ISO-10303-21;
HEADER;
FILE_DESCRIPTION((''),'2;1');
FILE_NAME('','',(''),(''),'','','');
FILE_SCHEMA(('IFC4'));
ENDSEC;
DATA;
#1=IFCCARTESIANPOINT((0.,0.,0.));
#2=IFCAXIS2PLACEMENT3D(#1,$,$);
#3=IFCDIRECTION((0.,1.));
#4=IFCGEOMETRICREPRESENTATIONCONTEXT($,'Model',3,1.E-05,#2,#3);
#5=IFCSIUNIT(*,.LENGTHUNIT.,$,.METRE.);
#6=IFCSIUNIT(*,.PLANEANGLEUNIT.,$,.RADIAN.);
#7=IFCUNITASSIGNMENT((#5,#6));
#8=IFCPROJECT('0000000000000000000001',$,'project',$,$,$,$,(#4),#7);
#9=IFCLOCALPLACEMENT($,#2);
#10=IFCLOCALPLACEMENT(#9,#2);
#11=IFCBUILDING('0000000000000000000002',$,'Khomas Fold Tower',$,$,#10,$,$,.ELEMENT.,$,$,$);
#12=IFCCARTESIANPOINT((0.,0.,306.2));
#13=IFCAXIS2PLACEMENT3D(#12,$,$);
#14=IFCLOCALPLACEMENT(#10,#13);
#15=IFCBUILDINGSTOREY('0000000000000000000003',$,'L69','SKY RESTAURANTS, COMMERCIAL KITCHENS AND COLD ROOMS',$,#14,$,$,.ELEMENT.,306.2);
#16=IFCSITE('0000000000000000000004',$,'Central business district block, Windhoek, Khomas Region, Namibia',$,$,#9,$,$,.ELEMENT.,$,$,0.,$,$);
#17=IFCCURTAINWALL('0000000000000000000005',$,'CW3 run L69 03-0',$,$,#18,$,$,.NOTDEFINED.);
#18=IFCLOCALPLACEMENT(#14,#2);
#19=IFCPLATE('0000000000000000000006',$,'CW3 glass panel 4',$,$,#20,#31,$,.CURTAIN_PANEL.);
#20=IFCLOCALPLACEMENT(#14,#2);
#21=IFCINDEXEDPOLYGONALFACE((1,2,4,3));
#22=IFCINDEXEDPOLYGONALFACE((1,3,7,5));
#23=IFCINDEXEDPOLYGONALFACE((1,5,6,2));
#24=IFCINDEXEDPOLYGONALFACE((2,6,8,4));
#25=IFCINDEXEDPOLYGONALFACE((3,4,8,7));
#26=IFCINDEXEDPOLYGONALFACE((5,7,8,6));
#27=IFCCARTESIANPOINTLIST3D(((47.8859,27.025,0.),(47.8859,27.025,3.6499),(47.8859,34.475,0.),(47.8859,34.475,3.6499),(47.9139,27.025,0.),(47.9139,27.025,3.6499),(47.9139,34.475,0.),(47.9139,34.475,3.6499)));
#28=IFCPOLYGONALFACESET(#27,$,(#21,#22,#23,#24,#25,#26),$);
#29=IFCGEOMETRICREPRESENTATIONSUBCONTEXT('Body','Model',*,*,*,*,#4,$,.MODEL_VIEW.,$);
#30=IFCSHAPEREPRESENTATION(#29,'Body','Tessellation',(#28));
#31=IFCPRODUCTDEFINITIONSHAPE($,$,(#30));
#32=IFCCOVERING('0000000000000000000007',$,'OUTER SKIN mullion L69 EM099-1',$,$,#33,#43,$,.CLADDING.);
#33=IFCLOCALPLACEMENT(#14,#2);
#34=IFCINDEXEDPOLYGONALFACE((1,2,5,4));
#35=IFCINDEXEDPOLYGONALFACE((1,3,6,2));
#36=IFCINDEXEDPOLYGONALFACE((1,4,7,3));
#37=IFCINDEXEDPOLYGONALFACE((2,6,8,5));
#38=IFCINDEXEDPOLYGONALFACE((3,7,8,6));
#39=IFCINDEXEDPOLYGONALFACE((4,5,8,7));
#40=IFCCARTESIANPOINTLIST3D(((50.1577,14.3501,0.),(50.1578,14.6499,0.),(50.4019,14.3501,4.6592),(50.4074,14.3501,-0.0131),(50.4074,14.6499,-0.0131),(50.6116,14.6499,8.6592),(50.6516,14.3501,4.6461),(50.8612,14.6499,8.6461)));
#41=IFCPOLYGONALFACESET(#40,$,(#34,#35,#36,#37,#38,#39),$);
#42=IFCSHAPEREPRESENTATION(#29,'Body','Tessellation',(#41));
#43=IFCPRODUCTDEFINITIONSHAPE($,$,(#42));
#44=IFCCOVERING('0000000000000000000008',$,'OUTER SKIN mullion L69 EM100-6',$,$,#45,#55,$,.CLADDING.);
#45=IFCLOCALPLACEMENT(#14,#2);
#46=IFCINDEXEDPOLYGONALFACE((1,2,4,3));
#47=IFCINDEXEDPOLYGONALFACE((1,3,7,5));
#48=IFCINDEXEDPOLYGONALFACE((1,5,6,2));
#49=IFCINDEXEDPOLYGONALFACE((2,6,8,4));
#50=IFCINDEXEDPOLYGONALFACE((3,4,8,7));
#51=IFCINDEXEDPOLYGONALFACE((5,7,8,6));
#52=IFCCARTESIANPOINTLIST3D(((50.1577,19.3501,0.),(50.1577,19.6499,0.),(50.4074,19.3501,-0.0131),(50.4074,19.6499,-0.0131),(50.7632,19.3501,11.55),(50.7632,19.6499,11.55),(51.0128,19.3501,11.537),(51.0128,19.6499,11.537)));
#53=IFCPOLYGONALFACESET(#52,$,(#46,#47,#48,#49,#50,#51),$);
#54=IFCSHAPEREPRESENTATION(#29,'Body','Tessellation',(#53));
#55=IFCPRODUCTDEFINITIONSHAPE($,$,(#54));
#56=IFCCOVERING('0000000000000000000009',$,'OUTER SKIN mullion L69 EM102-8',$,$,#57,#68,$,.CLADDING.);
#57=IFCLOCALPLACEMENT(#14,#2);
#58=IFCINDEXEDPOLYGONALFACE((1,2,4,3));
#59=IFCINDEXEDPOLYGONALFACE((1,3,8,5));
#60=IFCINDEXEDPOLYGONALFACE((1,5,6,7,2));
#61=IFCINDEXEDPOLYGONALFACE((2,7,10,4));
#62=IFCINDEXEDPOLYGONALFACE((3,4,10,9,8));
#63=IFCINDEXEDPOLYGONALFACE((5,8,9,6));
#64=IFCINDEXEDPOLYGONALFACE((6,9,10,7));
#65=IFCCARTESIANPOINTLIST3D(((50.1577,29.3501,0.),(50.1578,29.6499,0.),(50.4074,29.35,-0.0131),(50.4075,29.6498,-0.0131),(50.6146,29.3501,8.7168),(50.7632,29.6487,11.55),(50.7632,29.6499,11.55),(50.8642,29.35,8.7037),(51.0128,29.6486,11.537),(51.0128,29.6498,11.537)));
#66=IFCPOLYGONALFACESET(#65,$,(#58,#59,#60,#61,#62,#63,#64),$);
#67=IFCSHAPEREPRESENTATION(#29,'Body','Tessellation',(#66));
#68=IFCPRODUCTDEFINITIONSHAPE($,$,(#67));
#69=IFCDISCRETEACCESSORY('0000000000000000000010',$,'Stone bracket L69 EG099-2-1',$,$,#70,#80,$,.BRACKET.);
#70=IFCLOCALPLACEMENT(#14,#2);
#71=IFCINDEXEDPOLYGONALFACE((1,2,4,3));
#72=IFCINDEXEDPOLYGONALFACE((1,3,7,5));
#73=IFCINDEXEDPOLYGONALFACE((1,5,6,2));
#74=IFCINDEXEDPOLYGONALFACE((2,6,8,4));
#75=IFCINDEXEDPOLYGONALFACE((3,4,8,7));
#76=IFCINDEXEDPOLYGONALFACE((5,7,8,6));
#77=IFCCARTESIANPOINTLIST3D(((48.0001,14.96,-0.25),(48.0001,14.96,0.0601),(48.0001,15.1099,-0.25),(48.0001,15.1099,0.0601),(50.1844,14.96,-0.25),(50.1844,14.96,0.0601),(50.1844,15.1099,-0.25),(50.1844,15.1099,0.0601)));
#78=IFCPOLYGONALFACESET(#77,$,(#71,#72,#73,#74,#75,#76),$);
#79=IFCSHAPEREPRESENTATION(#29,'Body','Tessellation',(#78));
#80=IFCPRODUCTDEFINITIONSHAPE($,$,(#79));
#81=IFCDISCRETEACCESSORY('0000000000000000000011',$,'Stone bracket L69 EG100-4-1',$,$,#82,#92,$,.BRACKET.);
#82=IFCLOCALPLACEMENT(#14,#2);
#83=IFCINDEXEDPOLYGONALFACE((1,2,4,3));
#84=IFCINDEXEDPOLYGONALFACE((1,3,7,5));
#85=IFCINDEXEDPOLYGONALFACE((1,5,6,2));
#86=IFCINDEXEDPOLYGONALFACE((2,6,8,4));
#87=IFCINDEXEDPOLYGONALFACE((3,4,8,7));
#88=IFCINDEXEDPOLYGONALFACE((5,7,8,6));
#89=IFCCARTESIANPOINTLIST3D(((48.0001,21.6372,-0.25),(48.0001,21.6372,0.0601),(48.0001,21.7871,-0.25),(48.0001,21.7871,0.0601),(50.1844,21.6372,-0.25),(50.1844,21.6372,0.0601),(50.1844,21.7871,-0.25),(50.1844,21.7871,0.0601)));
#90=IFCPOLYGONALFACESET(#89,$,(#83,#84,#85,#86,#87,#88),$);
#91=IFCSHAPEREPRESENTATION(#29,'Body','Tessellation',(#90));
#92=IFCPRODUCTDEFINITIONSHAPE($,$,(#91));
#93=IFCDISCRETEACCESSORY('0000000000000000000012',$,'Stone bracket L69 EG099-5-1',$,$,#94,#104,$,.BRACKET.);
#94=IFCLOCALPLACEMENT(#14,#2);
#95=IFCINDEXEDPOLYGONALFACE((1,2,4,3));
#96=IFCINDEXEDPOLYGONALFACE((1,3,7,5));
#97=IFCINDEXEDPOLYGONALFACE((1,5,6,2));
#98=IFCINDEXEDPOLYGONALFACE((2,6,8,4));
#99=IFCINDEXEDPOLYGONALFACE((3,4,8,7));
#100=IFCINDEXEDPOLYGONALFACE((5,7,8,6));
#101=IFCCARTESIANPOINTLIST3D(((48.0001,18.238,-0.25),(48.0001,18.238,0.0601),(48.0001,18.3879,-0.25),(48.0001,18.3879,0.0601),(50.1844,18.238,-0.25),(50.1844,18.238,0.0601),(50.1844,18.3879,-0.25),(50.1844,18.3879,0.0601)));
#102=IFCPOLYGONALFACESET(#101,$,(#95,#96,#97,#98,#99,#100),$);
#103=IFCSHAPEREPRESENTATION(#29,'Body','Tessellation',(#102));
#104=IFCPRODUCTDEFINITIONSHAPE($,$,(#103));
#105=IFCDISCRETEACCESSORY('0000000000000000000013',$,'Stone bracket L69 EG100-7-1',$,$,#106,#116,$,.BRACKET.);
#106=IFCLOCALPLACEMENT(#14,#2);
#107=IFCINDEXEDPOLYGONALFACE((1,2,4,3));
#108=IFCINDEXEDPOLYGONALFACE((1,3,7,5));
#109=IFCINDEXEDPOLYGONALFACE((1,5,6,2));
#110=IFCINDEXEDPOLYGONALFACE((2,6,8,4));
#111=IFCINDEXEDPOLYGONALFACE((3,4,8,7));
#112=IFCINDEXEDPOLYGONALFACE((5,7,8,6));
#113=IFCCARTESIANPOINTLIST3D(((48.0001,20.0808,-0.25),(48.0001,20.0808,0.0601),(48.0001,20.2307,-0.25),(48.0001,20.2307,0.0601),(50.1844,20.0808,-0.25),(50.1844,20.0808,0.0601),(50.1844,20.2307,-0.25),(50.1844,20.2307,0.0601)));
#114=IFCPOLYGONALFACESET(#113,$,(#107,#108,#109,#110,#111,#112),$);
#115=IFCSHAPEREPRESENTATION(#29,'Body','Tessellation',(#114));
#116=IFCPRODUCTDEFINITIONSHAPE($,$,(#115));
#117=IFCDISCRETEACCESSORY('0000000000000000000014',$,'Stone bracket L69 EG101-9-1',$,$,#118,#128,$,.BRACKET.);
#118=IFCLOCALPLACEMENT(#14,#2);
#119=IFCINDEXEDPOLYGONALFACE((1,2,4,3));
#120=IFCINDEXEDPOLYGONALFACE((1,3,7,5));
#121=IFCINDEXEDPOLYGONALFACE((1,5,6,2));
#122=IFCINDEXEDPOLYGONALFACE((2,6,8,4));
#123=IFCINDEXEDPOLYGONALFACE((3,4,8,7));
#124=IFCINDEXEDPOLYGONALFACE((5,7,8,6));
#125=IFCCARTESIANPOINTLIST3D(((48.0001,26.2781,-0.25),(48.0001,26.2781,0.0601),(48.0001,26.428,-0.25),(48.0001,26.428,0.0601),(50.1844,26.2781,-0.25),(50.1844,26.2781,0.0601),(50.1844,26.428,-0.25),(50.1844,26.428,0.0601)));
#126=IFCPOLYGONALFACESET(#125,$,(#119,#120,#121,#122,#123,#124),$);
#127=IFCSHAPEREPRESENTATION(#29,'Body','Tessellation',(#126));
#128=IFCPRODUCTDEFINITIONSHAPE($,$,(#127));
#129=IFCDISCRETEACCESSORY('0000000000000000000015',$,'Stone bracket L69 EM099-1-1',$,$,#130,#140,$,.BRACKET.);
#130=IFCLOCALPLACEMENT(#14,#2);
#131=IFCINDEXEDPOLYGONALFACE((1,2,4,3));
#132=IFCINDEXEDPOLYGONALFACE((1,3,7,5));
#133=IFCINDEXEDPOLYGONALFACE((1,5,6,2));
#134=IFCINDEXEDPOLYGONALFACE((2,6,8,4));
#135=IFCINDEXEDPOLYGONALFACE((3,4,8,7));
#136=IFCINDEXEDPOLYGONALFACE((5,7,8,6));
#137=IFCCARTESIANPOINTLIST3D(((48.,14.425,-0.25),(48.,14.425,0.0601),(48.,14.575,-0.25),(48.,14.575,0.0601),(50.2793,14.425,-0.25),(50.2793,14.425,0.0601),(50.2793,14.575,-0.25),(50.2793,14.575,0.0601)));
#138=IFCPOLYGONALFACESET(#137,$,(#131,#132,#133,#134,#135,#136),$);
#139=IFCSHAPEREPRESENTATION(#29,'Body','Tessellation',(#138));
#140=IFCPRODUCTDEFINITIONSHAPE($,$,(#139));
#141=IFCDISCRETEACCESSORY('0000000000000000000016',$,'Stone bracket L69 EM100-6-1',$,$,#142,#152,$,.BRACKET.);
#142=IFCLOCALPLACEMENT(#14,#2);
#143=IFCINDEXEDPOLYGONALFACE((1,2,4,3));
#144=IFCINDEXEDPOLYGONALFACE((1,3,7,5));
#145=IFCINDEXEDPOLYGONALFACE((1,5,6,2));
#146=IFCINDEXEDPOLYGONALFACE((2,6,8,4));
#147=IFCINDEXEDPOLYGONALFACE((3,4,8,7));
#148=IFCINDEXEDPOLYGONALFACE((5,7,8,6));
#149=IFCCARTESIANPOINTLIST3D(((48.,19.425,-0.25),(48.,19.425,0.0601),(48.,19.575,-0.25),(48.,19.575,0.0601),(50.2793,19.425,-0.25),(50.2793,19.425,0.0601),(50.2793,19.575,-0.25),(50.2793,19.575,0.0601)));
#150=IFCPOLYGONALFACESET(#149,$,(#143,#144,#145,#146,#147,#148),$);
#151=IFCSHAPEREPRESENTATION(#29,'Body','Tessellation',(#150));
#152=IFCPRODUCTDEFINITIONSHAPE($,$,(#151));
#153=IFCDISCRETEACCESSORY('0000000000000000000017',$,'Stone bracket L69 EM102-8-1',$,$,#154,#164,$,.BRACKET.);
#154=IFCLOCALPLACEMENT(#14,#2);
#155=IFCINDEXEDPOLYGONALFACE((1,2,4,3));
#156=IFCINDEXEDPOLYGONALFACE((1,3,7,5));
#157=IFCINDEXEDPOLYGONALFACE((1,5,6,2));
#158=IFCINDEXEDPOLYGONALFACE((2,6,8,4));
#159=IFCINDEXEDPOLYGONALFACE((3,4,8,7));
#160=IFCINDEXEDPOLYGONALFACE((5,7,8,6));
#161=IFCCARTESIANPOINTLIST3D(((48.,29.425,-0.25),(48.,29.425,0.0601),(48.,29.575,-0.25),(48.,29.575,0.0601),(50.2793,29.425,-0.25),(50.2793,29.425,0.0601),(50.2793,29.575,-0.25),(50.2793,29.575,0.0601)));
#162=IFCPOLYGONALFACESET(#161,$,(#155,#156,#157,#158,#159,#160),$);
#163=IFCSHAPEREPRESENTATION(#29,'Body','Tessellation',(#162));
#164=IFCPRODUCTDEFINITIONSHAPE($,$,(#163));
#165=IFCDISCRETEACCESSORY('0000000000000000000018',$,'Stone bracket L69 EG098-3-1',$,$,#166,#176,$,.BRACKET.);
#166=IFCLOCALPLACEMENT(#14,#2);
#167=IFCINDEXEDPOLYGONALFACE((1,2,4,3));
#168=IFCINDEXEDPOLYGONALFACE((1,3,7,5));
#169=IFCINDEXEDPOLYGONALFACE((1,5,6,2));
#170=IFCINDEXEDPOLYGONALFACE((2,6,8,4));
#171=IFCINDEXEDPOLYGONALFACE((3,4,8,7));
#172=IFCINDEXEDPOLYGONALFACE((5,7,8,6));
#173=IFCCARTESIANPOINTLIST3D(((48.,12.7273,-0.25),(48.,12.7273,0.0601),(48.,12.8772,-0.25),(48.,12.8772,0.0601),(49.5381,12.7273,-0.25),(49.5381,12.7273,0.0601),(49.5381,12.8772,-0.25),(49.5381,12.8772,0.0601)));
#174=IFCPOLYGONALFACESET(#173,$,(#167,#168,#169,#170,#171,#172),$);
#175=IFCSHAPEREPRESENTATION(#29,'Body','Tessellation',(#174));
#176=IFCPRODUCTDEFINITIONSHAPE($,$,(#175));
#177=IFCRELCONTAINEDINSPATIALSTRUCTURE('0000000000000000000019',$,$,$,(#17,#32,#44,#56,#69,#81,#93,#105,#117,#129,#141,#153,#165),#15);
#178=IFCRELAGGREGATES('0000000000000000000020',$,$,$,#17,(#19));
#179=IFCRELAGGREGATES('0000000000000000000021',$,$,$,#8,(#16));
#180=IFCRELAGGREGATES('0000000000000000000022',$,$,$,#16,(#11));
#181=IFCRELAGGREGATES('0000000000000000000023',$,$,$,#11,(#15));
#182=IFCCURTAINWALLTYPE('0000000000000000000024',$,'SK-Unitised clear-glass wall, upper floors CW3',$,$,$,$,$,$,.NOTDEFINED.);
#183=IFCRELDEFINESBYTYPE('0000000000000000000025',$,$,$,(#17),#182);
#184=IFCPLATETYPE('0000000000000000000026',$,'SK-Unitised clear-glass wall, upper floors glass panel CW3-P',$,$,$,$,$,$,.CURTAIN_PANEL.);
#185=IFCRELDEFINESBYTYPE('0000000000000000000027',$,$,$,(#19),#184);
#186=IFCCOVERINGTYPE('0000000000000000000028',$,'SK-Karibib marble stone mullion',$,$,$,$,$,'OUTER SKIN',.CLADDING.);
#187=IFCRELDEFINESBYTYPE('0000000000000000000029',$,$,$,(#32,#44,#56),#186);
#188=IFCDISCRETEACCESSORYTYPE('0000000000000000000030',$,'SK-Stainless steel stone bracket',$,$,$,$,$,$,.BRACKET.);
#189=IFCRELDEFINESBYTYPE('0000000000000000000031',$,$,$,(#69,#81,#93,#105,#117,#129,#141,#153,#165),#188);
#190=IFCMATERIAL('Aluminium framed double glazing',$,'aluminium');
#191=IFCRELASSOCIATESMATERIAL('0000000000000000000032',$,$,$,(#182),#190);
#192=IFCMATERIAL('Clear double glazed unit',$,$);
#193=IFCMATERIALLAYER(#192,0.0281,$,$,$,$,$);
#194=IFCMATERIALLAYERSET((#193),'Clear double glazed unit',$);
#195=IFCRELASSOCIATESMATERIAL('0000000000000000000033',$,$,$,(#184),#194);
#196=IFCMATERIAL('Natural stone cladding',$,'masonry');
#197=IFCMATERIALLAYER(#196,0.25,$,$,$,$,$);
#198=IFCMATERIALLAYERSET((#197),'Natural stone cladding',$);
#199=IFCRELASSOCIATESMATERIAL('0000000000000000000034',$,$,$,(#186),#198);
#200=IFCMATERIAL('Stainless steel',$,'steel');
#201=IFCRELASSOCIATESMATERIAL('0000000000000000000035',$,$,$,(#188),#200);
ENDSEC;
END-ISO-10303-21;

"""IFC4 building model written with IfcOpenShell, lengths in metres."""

from ifc_helpers import new_model, si_unit, direction, frame, origin, origin_2d, place, context, subcontext, project, spatial, polyline, rectangle, outline, extrude, source, transform, mapped, material, layer, layer_set, type_object, element, aggregate, save


model = new_model("IFC4")

# Units and contexts
model_context = context("Model", 3, precision=1e-05, world=origin(), true_north=direction((0.0, 1.0)))
body_context = subcontext(model_context, "Body", "Model", "MODEL_VIEW")
ifc_project = project(units=[si_unit("LENGTHUNIT", "METRE"), si_unit("PLANEANGLEUNIT", "RADIAN")], contexts=[model_context])

# Site, building, storey
site_placement = place(None, origin())
site = spatial("IfcSite", under=ifc_project, at=site_placement, Name="Central business district block, Windhoek, Khomas Region, Namibia", CompositionType="ELEMENT", RefElevation=0.0)
building_placement = place(site_placement, origin())
building = spatial("IfcBuilding", under=site, at=building_placement, Name="Khomas Fold Tower", CompositionType="ELEMENT")
storey_placement = place(building_placement, frame((0.0, 0.0, 306.2)))
storey = spatial("IfcBuildingStorey", under=building, at=storey_placement, Name="L69", Description="SKY RESTAURANTS, COMMERCIAL KITCHENS AND COLD ROOMS", CompositionType="ELEMENT", Elevation=306.2)

# Curtain wall
ifc_material_1 = material(Name="Aluminium framed double glazing", Category="aluminium")
curtain_wall_type = type_object("IfcCurtainWallType", Name="SK-Unitised clear-glass wall, upper floors CW3", PredefinedType="NOTDEFINED", material=ifc_material_1)
curtain_wall_placement = place(storey_placement, origin())
curtain_wall = element("IfcCurtainWall", 1, at=curtain_wall_placement, inside=storey, type_object=curtain_wall_type, Name="CW3 run L69 03-0", PredefinedType="NOTDEFINED")

# Plate
ifc_material_2 = material(Name="Clear double glazed unit")
ifc_layer_1 = layer(ifc_material_2, 0.0281)
ifc_layer_set_1 = layer_set([ifc_layer_1], Name="Clear double glazed unit")
plate_type_1 = type_object("IfcPlateType", Name="SK-Unitised clear-glass wall, upper floors glass panel CW3-P", PredefinedType="CURTAIN_PANEL", material=ifc_layer_set_1)
shared_shape_1 = source(origin(), body_context, "Body", "SweptSolid", [
    extrude(rectangle(XDim=7.45, YDim=0.0281, at=origin_2d()), origin(), (0.0, 0.0, 1.0), 3.6499),
])
plate_1_placement = place(storey_placement, frame((47.8999, 30.75, 0.0), z_axis=(0.0, 0.0, 1.0), x_axis=(0.0, 1.0, 0.0)))
plate_1 = element("IfcPlate", 2, at=plate_1_placement, type_object=plate_type_1, Name="CW3 glass panel 4", PredefinedType="CURTAIN_PANEL", context=body_context, shape_type="MappedRepresentation", body=[
    mapped(shared_shape_1, transform((0.0, 0.0, 0.0))),
])
aggregate(curtain_wall, [plate_1])

# Coverings
ifc_material_3 = material(Name="Natural stone cladding", Category="masonry")
ifc_layer_2 = layer(ifc_material_3, 0.25)
ifc_layer_set_2 = layer_set([ifc_layer_2], Name="Natural stone cladding")
covering_type = type_object("IfcCoveringType", Name="SK-Karibib marble stone mullion", ElementType="OUTER SKIN", PredefinedType="CLADDING", material=ifc_layer_set_2)
covering_1_placement = place(storey_placement, frame((50.1577, 14.3501, 0.0), z_axis=(-0.998629, 0.000136, 0.052337), x_axis=(0.052337, 0.0, 0.998629)))
element("IfcCovering", 3, at=covering_1_placement, inside=storey, type_object=covering_type, Name="OUTER SKIN mullion L69 EM099-1", PredefinedType="CLADDING", context=body_context, shape_type="SweptSolid", body=[
    extrude(outline(polyline([(0.0, 0.0), (4.6656, 0.0), (8.6711, 0.2998), (0.0, 0.2998), (0.0, 0.0)])), origin(), (0.0, 0.0, -1.0), 0.25),
])
covering_2_placement = place(storey_placement, frame((50.1577, 19.3501, 0.0), z_axis=(-0.998629, 0.0, 0.052349), x_axis=(0.052349, 0.0, 0.998629)))
element("IfcCovering", 4, at=covering_2_placement, inside=storey, type_object=covering_type, Name="OUTER SKIN mullion L69 EM100-6", PredefinedType="CLADDING", context=body_context, shape_type="SweptSolid", body=[
    extrude(outline(polyline([(0.0, 0.0), (11.5659, 0.0), (11.5659, 0.2998), (0.0, 0.2998), (0.0, 0.0)])), origin(), (0.0, 0.0, -1.0), 0.25),
])
covering_3_placement = place(storey_placement, frame((50.1577, 29.3501, 0.0), z_axis=(-0.998629, 0.000301, 0.052342), x_axis=(0.052342, 0.0, 0.998629)))
element("IfcCovering", 5, at=covering_3_placement, inside=storey, type_object=covering_type, Name="OUTER SKIN mullion L69 EM102-8", PredefinedType="CLADDING", context=body_context, shape_type="SweptSolid", body=[
    extrude(outline(polyline([(0.0, 0.0), (8.7288, 0.0), (11.5659, 0.2986), (11.5659, 0.2998), (0.0, 0.2998), (0.0, 0.0)])), origin(), (0.0, 0.0, -1.0), 0.25),
])

# Discrete accessories
ifc_material_4 = material(Name="Stainless steel", Category="steel")
discrete_accessory_type = type_object("IfcDiscreteAccessoryType", Name="SK-Stainless steel stone bracket", PredefinedType="BRACKET", material=ifc_material_4)
shared_shape_2 = source(origin(), body_context, "Body", "SweptSolid", [
    extrude(rectangle(XDim=2.1843, YDim=0.1499, at=origin_2d()), origin(), (0.0, 0.0, 1.0), 0.3101),
])
for number, where, z_axis, x_axis, name in (
    (6, (49.0923, 15.0349, -0.25), (0.0, 0.0, 1.0), (1.0, 0.0, 0.0), "Stone bracket L69 EG099-2-1"),
    (7, (49.0923, 21.7122, -0.25), (0.0, 0.0, 1.0), (1.0, 0.0, 0.0), "Stone bracket L69 EG100-4-1"),
    (8, (49.0923, 18.313, -0.25), (0.0, 0.0, 1.0), (1.0, 0.0, 0.0), "Stone bracket L69 EG099-5-1"),
    (9, (49.0923, 20.1558, -0.25), (0.0, 0.0, 1.0), (1.0, 0.0, 0.0), "Stone bracket L69 EG100-7-1"),
    (10, (49.0923, 26.353, -0.25), (0.0, 0.0, 1.0), (1.0, 0.0, 0.0), "Stone bracket L69 EG101-9-1"),
):
    element("IfcDiscreteAccessory", number, at=place(storey_placement, frame(where, z_axis=z_axis, x_axis=x_axis)), inside=storey, type_object=discrete_accessory_type, Name=name, PredefinedType="BRACKET", context=body_context, shape_type="MappedRepresentation", body=[
        mapped(shared_shape_2, transform((0.0, 0.0, 0.0))),
    ])
shared_shape_3 = source(origin(), body_context, "Body", "SweptSolid", [
    extrude(rectangle(XDim=2.2793, YDim=0.1499, at=origin_2d()), origin(), (0.0, 0.0, 1.0), 0.3101),
])
for number, where, z_axis, x_axis, name in (
    (11, (49.1396, 14.5, -0.25), (0.0, 0.0, 1.0), (1.0, 0.0, 0.0), "Stone bracket L69 EM099-1-1"),
    (12, (49.1396, 19.5, -0.25), (0.0, 0.0, 1.0), (1.0, 0.0, 0.0), "Stone bracket L69 EM100-6-1"),
    (13, (49.1396, 29.5, -0.25), (0.0, 0.0, 1.0), (1.0, 0.0, 0.0), "Stone bracket L69 EM102-8-1"),
):
    element("IfcDiscreteAccessory", number, at=place(storey_placement, frame(where, z_axis=z_axis, x_axis=x_axis)), inside=storey, type_object=discrete_accessory_type, Name=name, PredefinedType="BRACKET", context=body_context, shape_type="MappedRepresentation", body=[
        mapped(shared_shape_3, transform((0.0, 0.0, 0.0))),
    ])
shared_shape_4 = source(origin(), body_context, "Body", "SweptSolid", [
    extrude(rectangle(XDim=1.5381, YDim=0.1499, at=origin_2d()), origin(), (0.0, 0.0, 1.0), 0.3101),
])
discrete_accessory_placement = place(storey_placement, frame((48.769, 12.8022, -0.25), z_axis=(0.0, 0.0, 1.0), x_axis=(1.0, 0.0, 0.0)))
element("IfcDiscreteAccessory", 14, at=discrete_accessory_placement, inside=storey, type_object=discrete_accessory_type, Name="Stone bracket L69 EG098-3-1", PredefinedType="BRACKET", context=body_context, shape_type="MappedRepresentation", body=[
    mapped(shared_shape_4, transform((0.0, 0.0, 0.0))),
])

save(model, "model.ifc")
